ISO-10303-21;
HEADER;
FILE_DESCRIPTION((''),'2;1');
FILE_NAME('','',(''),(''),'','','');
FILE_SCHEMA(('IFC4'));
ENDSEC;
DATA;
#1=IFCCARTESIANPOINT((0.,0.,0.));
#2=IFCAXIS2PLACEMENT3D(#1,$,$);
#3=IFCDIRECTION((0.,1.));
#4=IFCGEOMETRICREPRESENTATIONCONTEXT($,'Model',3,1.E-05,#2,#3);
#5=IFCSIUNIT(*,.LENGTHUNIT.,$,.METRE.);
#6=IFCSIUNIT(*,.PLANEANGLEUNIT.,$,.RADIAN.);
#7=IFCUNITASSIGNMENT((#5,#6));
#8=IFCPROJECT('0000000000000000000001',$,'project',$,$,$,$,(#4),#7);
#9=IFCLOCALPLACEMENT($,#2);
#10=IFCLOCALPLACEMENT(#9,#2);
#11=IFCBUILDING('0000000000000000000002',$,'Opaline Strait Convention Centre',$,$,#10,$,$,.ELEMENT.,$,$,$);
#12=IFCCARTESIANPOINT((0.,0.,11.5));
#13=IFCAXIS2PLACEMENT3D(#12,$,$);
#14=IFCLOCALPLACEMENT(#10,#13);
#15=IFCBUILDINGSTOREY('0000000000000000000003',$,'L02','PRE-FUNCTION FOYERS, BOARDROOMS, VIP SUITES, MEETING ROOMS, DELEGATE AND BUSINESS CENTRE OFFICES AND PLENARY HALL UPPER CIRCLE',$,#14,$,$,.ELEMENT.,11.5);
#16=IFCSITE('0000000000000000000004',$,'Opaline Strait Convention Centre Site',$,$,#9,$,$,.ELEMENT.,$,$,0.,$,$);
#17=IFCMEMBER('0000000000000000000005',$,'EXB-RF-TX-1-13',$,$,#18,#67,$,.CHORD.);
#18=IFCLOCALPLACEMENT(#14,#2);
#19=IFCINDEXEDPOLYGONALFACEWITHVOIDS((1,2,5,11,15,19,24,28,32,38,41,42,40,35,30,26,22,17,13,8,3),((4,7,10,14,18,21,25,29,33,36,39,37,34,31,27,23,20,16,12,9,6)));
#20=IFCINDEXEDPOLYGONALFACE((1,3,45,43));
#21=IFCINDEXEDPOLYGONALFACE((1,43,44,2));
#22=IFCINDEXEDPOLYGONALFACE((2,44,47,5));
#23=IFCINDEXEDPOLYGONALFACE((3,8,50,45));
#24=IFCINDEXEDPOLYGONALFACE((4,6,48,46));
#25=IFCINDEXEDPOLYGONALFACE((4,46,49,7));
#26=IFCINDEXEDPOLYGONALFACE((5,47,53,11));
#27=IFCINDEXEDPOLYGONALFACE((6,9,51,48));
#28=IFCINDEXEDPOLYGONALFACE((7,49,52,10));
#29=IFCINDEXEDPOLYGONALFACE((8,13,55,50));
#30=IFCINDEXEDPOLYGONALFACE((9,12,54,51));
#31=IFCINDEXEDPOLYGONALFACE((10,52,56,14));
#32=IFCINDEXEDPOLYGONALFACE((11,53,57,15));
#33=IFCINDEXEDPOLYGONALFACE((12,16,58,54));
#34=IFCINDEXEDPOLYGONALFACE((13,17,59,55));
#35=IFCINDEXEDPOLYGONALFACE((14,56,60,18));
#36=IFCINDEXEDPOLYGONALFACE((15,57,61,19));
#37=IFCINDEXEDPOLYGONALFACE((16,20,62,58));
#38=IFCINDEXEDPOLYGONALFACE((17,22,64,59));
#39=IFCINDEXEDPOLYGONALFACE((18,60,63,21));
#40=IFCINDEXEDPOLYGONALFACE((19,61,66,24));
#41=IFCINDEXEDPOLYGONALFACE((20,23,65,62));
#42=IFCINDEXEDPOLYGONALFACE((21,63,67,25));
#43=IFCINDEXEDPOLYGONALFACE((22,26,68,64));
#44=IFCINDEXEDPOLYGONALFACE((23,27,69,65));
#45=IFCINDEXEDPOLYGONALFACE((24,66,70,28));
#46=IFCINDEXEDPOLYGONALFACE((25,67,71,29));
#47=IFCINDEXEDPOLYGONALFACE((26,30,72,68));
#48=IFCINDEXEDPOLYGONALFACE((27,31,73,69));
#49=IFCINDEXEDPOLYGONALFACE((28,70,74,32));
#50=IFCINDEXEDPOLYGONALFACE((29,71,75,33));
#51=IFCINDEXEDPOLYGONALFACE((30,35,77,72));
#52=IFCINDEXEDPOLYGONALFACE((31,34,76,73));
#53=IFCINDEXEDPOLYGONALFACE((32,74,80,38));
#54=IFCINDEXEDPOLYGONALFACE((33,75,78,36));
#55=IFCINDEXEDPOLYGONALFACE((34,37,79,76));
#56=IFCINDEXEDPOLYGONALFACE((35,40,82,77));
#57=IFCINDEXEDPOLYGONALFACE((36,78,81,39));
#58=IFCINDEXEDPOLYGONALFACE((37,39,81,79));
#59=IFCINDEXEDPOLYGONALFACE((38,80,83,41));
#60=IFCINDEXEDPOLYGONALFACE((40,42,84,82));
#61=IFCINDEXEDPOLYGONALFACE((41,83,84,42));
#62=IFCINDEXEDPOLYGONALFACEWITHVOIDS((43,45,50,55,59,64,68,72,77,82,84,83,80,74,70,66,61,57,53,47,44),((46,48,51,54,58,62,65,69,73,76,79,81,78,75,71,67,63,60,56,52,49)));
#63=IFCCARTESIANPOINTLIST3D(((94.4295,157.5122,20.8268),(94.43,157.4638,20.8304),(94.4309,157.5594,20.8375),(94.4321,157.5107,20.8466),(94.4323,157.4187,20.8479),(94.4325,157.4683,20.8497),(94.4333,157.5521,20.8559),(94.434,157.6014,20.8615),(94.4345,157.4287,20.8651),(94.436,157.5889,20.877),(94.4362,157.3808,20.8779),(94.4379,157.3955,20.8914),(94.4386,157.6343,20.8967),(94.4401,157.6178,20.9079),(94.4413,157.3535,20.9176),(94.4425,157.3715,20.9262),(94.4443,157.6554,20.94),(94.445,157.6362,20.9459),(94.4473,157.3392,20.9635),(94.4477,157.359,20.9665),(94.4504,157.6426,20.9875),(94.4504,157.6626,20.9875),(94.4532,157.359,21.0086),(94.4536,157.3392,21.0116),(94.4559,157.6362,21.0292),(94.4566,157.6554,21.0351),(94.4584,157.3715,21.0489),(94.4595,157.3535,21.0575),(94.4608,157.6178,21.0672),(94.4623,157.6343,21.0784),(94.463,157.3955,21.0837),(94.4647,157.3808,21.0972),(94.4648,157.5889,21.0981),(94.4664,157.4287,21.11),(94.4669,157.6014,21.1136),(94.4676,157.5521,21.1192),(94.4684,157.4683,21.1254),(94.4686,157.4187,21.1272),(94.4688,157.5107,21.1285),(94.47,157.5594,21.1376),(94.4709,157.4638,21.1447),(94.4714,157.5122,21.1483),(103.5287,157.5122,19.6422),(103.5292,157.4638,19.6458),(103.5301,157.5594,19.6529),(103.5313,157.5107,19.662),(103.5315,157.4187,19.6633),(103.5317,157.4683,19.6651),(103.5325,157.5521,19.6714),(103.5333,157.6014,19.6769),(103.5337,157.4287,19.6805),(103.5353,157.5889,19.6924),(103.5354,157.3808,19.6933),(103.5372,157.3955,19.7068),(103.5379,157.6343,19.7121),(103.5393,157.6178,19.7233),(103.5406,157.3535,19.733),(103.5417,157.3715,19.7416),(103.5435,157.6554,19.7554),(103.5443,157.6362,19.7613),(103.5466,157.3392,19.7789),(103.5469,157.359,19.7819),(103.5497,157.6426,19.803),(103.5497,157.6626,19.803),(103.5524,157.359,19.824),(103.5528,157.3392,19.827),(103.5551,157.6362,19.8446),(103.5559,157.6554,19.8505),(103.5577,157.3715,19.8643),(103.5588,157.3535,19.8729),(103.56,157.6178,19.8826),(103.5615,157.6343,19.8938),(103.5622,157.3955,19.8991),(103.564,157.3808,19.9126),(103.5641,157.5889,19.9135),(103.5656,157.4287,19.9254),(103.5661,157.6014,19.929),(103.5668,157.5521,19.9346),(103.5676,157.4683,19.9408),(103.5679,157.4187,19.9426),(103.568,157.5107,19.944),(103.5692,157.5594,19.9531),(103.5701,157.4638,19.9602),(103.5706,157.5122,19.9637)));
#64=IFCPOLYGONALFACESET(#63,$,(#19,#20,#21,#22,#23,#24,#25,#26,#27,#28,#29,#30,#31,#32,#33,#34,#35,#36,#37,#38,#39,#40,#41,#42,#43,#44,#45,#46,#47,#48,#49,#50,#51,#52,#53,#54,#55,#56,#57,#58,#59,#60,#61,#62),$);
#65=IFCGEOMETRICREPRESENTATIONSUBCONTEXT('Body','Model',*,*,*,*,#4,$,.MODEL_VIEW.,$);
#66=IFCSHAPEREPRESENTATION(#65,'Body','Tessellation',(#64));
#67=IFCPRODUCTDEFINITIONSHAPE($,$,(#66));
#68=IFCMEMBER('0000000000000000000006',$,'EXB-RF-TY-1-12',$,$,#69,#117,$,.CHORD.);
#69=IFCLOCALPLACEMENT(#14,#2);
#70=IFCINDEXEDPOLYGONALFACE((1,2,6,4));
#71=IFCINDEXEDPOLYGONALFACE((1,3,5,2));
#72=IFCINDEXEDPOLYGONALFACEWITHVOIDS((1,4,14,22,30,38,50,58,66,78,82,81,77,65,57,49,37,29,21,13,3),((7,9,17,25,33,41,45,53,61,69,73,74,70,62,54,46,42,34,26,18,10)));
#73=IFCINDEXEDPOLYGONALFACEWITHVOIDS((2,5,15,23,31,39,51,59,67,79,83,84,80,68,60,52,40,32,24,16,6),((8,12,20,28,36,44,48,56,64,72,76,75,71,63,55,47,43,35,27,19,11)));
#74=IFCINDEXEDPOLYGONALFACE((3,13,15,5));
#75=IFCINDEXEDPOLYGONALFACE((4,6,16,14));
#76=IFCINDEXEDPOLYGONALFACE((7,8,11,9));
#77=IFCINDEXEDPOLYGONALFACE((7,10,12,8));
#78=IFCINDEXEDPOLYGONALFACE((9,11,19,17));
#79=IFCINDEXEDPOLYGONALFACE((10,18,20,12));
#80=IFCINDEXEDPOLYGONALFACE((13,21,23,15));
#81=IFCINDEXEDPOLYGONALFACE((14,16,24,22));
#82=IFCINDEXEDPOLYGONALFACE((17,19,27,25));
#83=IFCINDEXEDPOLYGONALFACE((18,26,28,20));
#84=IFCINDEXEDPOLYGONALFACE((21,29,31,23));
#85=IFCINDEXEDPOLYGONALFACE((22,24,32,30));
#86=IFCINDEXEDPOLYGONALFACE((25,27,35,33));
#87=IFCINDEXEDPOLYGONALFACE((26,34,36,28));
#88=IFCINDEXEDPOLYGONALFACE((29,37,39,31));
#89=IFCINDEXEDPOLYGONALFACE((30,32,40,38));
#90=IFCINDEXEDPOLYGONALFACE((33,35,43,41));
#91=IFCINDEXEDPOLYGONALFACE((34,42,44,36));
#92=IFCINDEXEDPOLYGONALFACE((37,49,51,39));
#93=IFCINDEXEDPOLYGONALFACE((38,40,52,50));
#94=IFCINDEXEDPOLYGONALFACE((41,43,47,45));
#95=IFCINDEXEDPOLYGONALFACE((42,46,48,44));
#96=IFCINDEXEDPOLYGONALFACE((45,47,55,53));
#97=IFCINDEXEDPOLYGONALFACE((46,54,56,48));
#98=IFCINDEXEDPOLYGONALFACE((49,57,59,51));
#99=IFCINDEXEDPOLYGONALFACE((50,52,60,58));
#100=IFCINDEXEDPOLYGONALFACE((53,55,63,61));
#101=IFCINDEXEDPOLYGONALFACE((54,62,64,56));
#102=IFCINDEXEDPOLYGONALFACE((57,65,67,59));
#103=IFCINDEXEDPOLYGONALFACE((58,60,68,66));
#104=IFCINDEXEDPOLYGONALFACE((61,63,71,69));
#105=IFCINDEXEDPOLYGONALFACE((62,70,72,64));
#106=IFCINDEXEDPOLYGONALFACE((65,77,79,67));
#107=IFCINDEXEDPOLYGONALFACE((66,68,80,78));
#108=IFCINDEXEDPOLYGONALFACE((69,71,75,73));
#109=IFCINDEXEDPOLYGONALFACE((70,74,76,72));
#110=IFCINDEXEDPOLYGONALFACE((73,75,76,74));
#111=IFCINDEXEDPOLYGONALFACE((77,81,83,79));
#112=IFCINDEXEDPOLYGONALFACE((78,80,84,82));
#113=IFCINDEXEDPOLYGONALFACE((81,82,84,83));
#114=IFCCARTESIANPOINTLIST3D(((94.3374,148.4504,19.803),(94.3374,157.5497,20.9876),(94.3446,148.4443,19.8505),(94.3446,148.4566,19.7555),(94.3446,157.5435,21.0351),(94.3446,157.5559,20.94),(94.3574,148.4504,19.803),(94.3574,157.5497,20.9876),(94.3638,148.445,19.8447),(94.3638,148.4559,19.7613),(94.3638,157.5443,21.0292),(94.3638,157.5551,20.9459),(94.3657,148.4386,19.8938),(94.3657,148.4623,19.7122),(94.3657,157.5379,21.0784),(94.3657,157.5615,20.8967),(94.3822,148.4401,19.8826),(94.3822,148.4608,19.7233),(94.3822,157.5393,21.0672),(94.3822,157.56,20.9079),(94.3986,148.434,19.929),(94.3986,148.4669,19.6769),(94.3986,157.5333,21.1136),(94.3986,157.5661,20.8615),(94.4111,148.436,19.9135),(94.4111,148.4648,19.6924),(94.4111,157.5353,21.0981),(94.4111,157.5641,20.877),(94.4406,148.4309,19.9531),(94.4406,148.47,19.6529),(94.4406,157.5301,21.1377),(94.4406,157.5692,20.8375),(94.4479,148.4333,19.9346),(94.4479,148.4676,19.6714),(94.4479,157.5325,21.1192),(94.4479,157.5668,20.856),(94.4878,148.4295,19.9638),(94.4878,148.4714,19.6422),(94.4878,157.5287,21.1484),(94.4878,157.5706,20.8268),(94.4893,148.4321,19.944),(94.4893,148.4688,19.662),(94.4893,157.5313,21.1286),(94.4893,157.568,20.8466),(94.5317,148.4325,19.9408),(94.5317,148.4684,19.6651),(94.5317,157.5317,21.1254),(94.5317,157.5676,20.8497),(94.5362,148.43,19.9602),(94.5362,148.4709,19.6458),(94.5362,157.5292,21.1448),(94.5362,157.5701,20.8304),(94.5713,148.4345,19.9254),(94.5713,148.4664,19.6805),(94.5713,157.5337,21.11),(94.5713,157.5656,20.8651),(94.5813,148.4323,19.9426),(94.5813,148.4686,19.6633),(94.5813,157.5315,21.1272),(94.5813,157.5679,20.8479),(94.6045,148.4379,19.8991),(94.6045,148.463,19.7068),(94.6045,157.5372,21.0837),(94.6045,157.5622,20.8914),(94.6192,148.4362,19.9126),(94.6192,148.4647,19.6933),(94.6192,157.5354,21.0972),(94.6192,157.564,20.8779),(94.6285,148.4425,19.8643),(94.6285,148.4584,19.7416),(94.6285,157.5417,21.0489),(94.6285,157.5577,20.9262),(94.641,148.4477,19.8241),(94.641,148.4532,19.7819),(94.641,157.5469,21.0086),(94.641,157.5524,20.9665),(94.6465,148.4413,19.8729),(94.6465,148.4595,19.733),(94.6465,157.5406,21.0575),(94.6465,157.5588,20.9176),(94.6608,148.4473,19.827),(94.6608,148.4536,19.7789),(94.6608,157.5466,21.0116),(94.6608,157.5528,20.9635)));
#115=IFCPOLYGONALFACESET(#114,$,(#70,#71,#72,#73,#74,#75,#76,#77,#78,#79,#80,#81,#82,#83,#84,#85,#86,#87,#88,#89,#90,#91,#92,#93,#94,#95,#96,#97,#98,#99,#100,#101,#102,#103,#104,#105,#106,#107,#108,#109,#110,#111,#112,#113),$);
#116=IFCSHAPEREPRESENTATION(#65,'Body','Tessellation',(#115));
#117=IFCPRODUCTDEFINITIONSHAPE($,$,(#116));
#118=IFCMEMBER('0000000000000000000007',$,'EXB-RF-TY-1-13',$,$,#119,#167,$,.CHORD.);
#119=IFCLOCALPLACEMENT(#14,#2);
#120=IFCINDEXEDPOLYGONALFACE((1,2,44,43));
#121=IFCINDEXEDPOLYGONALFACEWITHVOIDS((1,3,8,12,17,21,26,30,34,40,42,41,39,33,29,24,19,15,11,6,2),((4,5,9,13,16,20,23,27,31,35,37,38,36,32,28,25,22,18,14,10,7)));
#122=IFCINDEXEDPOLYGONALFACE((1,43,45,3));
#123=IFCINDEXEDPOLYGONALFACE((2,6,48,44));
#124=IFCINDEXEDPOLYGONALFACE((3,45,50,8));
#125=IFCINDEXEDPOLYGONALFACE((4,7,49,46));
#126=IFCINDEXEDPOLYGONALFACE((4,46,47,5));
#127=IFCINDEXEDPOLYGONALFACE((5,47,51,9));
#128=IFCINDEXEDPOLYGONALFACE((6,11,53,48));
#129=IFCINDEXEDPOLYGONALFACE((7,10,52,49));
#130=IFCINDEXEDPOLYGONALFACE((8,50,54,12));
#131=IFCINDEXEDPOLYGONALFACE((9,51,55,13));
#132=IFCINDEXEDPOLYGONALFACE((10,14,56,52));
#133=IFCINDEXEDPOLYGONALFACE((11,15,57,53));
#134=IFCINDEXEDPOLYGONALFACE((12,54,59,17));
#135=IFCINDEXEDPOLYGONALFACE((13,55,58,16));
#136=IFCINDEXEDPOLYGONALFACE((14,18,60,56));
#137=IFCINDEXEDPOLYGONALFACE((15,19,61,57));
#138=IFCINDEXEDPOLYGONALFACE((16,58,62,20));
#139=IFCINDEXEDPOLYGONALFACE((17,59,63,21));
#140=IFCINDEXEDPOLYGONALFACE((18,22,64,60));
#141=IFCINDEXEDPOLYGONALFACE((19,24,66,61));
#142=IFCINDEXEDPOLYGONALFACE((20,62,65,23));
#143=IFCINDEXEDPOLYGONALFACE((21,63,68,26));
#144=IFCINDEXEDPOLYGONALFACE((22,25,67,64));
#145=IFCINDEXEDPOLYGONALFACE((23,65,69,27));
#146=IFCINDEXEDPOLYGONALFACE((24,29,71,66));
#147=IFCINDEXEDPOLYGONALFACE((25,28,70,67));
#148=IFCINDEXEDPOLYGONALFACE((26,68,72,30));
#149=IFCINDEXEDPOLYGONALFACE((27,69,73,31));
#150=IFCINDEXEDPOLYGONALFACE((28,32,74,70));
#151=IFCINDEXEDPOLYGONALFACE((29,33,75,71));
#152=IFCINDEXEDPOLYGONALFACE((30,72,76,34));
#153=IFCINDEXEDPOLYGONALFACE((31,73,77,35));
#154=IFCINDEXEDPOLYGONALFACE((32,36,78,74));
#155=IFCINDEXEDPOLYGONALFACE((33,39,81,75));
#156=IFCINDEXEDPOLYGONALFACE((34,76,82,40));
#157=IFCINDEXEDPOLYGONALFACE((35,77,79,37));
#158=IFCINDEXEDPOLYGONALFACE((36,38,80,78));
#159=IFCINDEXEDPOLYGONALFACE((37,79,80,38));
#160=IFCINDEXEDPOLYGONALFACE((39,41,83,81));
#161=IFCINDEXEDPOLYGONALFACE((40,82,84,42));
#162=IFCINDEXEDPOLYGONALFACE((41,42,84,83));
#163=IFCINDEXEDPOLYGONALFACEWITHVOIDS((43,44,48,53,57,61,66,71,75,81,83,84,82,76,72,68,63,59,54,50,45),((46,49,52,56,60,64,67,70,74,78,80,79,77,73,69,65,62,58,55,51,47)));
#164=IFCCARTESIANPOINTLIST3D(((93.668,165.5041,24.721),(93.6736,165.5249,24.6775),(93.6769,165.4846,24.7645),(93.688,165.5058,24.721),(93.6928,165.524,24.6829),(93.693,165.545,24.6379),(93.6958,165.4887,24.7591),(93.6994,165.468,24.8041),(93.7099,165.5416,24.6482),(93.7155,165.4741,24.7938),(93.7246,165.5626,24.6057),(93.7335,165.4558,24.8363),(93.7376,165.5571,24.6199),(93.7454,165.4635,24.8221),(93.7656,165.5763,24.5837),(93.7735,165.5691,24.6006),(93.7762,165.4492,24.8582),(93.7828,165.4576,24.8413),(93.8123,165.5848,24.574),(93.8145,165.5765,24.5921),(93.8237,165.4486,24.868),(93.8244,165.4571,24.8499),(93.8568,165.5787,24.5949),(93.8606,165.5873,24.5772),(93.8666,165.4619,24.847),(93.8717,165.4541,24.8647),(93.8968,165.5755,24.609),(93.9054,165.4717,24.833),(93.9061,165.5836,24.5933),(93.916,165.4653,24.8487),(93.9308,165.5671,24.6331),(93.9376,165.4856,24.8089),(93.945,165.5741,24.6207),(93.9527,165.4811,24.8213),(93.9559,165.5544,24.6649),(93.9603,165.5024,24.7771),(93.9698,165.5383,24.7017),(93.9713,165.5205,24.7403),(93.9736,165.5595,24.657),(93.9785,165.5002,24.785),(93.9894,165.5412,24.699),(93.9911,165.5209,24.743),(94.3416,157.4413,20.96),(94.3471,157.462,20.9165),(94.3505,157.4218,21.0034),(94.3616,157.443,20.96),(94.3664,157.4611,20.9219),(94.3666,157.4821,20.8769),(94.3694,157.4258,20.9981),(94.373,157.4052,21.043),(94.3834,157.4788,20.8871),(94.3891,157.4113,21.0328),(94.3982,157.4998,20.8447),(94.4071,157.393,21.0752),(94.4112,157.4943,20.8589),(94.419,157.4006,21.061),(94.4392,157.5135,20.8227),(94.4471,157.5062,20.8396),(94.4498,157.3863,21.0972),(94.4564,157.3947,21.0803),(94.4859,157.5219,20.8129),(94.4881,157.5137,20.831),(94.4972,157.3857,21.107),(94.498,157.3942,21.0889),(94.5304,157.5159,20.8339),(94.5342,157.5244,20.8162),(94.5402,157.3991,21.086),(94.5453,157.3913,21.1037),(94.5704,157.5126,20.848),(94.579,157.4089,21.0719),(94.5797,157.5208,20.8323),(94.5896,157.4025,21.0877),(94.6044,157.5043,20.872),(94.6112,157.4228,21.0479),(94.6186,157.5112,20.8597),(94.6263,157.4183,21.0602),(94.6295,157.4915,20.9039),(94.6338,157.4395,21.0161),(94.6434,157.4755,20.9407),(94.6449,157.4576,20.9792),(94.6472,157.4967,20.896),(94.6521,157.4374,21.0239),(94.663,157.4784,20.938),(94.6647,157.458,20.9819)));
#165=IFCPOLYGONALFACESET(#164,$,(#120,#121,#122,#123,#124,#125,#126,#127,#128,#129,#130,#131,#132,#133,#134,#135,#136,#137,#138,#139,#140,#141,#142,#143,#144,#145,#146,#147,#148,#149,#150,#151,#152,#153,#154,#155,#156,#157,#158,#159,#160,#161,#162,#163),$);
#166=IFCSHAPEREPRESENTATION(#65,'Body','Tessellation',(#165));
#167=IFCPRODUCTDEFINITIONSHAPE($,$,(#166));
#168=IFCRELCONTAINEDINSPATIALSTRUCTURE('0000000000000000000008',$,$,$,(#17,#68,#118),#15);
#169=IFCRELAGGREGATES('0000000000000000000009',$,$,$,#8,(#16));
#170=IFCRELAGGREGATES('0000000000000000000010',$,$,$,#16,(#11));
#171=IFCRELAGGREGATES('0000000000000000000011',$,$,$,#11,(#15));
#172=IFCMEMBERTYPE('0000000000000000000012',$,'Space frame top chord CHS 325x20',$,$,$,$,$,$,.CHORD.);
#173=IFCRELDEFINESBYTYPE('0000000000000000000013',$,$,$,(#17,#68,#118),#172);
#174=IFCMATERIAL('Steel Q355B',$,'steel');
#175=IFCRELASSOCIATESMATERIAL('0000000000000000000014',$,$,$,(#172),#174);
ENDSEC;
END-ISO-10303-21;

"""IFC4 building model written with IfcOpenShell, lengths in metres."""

from ifc_helpers import new_model, si_unit, direction, frame, origin, origin_2d, place, context, subcontext, project, spatial, hollow_circle, extrude, material, material_profile, profile_set, type_object, element, save


model = new_model("IFC4")

# Units and contexts
model_context = context("Model", 3, precision=1e-05, world=origin(), true_north=direction((0.0, 1.0)))
body_context = subcontext(model_context, "Body", "Model", "MODEL_VIEW")
ifc_project = project(units=[si_unit("LENGTHUNIT", "METRE"), si_unit("PLANEANGLEUNIT", "RADIAN")], contexts=[model_context])

# Site, building, storey
site_placement = place(None, origin())
site = spatial("IfcSite", under=ifc_project, at=site_placement, Name="Opaline Strait Convention Centre Site", CompositionType="ELEMENT", RefElevation=0.0)
building_placement = place(site_placement, origin())
building = spatial("IfcBuilding", under=site, at=building_placement, Name="Opaline Strait Convention Centre", CompositionType="ELEMENT")
storey_placement = place(building_placement, frame((0.0, 0.0, 11.5)))
storey = spatial("IfcBuildingStorey", under=building, at=storey_placement, Name="L02", Description="PRE-FUNCTION FOYERS, BOARDROOMS, VIP SUITES, MEETING ROOMS, DELEGATE AND BUSINESS CENTRE OFFICES AND PLENARY HALL UPPER CIRCLE", CompositionType="ELEMENT", Elevation=11.5)

# Members
ifc_material_1 = material(Name="Steel Q355B", Category="steel")
ifc_material_profile_1 = material_profile(ifc_material_1, hollow_circle(Radius=0.1626, WallThickness=0.02, at=origin_2d()), Name="CHS 325x20")
ifc_profile_set_1 = profile_set([ifc_material_profile_1], Name="Steel Q355B")
member_type_1 = type_object("IfcMemberType", Name="Space frame top chord CHS 325x20", PredefinedType="CHORD", material=ifc_profile_set_1)
for number, where, z_axis, x_axis, name in (
    (1, (94.4504, 157.5, 20.9875), (0.991632, 0.0, -0.129096), (0.0, 1.0, 0.0), "EXB-RF-TX-1-13"),
    (2, (94.5, 148.4504, 19.803), (0.0, 0.991632, 0.129096), (-1.0, 0.0, 0.0), "EXB-RF-TY-1-12"),
):
    element("IfcMember", number, at=place(storey_placement, frame(where, z_axis=z_axis, x_axis=x_axis)), inside=storey, type_object=member_type_1, Name=name, PredefinedType="CHORD", context=body_context, shape_type="SweptSolid", body=[
        extrude(hollow_circle(Radius=0.1626, WallThickness=0.02, at=origin_2d()), origin(), (0.0, 0.0, 1.0), 9.176),
    ])
member_1_placement = place(storey_placement, frame((94.5037, 157.4548, 20.96), z_axis=(-0.075495, 0.903667, 0.421529), x_axis=(-0.996528, -0.083253, 0.0)))
element("IfcMember", 3, at=member_1_placement, inside=storey, type_object=member_type_1, Name="EXB-RF-TY-1-13", PredefinedType="CHORD", context=body_context, shape_type="SweptSolid", body=[
    extrude(hollow_circle(Radius=0.1626, WallThickness=0.02, at=origin_2d()), origin(), (0.0, 0.0, 1.0), 8.9224),
])

save(model, "model.ifc")
